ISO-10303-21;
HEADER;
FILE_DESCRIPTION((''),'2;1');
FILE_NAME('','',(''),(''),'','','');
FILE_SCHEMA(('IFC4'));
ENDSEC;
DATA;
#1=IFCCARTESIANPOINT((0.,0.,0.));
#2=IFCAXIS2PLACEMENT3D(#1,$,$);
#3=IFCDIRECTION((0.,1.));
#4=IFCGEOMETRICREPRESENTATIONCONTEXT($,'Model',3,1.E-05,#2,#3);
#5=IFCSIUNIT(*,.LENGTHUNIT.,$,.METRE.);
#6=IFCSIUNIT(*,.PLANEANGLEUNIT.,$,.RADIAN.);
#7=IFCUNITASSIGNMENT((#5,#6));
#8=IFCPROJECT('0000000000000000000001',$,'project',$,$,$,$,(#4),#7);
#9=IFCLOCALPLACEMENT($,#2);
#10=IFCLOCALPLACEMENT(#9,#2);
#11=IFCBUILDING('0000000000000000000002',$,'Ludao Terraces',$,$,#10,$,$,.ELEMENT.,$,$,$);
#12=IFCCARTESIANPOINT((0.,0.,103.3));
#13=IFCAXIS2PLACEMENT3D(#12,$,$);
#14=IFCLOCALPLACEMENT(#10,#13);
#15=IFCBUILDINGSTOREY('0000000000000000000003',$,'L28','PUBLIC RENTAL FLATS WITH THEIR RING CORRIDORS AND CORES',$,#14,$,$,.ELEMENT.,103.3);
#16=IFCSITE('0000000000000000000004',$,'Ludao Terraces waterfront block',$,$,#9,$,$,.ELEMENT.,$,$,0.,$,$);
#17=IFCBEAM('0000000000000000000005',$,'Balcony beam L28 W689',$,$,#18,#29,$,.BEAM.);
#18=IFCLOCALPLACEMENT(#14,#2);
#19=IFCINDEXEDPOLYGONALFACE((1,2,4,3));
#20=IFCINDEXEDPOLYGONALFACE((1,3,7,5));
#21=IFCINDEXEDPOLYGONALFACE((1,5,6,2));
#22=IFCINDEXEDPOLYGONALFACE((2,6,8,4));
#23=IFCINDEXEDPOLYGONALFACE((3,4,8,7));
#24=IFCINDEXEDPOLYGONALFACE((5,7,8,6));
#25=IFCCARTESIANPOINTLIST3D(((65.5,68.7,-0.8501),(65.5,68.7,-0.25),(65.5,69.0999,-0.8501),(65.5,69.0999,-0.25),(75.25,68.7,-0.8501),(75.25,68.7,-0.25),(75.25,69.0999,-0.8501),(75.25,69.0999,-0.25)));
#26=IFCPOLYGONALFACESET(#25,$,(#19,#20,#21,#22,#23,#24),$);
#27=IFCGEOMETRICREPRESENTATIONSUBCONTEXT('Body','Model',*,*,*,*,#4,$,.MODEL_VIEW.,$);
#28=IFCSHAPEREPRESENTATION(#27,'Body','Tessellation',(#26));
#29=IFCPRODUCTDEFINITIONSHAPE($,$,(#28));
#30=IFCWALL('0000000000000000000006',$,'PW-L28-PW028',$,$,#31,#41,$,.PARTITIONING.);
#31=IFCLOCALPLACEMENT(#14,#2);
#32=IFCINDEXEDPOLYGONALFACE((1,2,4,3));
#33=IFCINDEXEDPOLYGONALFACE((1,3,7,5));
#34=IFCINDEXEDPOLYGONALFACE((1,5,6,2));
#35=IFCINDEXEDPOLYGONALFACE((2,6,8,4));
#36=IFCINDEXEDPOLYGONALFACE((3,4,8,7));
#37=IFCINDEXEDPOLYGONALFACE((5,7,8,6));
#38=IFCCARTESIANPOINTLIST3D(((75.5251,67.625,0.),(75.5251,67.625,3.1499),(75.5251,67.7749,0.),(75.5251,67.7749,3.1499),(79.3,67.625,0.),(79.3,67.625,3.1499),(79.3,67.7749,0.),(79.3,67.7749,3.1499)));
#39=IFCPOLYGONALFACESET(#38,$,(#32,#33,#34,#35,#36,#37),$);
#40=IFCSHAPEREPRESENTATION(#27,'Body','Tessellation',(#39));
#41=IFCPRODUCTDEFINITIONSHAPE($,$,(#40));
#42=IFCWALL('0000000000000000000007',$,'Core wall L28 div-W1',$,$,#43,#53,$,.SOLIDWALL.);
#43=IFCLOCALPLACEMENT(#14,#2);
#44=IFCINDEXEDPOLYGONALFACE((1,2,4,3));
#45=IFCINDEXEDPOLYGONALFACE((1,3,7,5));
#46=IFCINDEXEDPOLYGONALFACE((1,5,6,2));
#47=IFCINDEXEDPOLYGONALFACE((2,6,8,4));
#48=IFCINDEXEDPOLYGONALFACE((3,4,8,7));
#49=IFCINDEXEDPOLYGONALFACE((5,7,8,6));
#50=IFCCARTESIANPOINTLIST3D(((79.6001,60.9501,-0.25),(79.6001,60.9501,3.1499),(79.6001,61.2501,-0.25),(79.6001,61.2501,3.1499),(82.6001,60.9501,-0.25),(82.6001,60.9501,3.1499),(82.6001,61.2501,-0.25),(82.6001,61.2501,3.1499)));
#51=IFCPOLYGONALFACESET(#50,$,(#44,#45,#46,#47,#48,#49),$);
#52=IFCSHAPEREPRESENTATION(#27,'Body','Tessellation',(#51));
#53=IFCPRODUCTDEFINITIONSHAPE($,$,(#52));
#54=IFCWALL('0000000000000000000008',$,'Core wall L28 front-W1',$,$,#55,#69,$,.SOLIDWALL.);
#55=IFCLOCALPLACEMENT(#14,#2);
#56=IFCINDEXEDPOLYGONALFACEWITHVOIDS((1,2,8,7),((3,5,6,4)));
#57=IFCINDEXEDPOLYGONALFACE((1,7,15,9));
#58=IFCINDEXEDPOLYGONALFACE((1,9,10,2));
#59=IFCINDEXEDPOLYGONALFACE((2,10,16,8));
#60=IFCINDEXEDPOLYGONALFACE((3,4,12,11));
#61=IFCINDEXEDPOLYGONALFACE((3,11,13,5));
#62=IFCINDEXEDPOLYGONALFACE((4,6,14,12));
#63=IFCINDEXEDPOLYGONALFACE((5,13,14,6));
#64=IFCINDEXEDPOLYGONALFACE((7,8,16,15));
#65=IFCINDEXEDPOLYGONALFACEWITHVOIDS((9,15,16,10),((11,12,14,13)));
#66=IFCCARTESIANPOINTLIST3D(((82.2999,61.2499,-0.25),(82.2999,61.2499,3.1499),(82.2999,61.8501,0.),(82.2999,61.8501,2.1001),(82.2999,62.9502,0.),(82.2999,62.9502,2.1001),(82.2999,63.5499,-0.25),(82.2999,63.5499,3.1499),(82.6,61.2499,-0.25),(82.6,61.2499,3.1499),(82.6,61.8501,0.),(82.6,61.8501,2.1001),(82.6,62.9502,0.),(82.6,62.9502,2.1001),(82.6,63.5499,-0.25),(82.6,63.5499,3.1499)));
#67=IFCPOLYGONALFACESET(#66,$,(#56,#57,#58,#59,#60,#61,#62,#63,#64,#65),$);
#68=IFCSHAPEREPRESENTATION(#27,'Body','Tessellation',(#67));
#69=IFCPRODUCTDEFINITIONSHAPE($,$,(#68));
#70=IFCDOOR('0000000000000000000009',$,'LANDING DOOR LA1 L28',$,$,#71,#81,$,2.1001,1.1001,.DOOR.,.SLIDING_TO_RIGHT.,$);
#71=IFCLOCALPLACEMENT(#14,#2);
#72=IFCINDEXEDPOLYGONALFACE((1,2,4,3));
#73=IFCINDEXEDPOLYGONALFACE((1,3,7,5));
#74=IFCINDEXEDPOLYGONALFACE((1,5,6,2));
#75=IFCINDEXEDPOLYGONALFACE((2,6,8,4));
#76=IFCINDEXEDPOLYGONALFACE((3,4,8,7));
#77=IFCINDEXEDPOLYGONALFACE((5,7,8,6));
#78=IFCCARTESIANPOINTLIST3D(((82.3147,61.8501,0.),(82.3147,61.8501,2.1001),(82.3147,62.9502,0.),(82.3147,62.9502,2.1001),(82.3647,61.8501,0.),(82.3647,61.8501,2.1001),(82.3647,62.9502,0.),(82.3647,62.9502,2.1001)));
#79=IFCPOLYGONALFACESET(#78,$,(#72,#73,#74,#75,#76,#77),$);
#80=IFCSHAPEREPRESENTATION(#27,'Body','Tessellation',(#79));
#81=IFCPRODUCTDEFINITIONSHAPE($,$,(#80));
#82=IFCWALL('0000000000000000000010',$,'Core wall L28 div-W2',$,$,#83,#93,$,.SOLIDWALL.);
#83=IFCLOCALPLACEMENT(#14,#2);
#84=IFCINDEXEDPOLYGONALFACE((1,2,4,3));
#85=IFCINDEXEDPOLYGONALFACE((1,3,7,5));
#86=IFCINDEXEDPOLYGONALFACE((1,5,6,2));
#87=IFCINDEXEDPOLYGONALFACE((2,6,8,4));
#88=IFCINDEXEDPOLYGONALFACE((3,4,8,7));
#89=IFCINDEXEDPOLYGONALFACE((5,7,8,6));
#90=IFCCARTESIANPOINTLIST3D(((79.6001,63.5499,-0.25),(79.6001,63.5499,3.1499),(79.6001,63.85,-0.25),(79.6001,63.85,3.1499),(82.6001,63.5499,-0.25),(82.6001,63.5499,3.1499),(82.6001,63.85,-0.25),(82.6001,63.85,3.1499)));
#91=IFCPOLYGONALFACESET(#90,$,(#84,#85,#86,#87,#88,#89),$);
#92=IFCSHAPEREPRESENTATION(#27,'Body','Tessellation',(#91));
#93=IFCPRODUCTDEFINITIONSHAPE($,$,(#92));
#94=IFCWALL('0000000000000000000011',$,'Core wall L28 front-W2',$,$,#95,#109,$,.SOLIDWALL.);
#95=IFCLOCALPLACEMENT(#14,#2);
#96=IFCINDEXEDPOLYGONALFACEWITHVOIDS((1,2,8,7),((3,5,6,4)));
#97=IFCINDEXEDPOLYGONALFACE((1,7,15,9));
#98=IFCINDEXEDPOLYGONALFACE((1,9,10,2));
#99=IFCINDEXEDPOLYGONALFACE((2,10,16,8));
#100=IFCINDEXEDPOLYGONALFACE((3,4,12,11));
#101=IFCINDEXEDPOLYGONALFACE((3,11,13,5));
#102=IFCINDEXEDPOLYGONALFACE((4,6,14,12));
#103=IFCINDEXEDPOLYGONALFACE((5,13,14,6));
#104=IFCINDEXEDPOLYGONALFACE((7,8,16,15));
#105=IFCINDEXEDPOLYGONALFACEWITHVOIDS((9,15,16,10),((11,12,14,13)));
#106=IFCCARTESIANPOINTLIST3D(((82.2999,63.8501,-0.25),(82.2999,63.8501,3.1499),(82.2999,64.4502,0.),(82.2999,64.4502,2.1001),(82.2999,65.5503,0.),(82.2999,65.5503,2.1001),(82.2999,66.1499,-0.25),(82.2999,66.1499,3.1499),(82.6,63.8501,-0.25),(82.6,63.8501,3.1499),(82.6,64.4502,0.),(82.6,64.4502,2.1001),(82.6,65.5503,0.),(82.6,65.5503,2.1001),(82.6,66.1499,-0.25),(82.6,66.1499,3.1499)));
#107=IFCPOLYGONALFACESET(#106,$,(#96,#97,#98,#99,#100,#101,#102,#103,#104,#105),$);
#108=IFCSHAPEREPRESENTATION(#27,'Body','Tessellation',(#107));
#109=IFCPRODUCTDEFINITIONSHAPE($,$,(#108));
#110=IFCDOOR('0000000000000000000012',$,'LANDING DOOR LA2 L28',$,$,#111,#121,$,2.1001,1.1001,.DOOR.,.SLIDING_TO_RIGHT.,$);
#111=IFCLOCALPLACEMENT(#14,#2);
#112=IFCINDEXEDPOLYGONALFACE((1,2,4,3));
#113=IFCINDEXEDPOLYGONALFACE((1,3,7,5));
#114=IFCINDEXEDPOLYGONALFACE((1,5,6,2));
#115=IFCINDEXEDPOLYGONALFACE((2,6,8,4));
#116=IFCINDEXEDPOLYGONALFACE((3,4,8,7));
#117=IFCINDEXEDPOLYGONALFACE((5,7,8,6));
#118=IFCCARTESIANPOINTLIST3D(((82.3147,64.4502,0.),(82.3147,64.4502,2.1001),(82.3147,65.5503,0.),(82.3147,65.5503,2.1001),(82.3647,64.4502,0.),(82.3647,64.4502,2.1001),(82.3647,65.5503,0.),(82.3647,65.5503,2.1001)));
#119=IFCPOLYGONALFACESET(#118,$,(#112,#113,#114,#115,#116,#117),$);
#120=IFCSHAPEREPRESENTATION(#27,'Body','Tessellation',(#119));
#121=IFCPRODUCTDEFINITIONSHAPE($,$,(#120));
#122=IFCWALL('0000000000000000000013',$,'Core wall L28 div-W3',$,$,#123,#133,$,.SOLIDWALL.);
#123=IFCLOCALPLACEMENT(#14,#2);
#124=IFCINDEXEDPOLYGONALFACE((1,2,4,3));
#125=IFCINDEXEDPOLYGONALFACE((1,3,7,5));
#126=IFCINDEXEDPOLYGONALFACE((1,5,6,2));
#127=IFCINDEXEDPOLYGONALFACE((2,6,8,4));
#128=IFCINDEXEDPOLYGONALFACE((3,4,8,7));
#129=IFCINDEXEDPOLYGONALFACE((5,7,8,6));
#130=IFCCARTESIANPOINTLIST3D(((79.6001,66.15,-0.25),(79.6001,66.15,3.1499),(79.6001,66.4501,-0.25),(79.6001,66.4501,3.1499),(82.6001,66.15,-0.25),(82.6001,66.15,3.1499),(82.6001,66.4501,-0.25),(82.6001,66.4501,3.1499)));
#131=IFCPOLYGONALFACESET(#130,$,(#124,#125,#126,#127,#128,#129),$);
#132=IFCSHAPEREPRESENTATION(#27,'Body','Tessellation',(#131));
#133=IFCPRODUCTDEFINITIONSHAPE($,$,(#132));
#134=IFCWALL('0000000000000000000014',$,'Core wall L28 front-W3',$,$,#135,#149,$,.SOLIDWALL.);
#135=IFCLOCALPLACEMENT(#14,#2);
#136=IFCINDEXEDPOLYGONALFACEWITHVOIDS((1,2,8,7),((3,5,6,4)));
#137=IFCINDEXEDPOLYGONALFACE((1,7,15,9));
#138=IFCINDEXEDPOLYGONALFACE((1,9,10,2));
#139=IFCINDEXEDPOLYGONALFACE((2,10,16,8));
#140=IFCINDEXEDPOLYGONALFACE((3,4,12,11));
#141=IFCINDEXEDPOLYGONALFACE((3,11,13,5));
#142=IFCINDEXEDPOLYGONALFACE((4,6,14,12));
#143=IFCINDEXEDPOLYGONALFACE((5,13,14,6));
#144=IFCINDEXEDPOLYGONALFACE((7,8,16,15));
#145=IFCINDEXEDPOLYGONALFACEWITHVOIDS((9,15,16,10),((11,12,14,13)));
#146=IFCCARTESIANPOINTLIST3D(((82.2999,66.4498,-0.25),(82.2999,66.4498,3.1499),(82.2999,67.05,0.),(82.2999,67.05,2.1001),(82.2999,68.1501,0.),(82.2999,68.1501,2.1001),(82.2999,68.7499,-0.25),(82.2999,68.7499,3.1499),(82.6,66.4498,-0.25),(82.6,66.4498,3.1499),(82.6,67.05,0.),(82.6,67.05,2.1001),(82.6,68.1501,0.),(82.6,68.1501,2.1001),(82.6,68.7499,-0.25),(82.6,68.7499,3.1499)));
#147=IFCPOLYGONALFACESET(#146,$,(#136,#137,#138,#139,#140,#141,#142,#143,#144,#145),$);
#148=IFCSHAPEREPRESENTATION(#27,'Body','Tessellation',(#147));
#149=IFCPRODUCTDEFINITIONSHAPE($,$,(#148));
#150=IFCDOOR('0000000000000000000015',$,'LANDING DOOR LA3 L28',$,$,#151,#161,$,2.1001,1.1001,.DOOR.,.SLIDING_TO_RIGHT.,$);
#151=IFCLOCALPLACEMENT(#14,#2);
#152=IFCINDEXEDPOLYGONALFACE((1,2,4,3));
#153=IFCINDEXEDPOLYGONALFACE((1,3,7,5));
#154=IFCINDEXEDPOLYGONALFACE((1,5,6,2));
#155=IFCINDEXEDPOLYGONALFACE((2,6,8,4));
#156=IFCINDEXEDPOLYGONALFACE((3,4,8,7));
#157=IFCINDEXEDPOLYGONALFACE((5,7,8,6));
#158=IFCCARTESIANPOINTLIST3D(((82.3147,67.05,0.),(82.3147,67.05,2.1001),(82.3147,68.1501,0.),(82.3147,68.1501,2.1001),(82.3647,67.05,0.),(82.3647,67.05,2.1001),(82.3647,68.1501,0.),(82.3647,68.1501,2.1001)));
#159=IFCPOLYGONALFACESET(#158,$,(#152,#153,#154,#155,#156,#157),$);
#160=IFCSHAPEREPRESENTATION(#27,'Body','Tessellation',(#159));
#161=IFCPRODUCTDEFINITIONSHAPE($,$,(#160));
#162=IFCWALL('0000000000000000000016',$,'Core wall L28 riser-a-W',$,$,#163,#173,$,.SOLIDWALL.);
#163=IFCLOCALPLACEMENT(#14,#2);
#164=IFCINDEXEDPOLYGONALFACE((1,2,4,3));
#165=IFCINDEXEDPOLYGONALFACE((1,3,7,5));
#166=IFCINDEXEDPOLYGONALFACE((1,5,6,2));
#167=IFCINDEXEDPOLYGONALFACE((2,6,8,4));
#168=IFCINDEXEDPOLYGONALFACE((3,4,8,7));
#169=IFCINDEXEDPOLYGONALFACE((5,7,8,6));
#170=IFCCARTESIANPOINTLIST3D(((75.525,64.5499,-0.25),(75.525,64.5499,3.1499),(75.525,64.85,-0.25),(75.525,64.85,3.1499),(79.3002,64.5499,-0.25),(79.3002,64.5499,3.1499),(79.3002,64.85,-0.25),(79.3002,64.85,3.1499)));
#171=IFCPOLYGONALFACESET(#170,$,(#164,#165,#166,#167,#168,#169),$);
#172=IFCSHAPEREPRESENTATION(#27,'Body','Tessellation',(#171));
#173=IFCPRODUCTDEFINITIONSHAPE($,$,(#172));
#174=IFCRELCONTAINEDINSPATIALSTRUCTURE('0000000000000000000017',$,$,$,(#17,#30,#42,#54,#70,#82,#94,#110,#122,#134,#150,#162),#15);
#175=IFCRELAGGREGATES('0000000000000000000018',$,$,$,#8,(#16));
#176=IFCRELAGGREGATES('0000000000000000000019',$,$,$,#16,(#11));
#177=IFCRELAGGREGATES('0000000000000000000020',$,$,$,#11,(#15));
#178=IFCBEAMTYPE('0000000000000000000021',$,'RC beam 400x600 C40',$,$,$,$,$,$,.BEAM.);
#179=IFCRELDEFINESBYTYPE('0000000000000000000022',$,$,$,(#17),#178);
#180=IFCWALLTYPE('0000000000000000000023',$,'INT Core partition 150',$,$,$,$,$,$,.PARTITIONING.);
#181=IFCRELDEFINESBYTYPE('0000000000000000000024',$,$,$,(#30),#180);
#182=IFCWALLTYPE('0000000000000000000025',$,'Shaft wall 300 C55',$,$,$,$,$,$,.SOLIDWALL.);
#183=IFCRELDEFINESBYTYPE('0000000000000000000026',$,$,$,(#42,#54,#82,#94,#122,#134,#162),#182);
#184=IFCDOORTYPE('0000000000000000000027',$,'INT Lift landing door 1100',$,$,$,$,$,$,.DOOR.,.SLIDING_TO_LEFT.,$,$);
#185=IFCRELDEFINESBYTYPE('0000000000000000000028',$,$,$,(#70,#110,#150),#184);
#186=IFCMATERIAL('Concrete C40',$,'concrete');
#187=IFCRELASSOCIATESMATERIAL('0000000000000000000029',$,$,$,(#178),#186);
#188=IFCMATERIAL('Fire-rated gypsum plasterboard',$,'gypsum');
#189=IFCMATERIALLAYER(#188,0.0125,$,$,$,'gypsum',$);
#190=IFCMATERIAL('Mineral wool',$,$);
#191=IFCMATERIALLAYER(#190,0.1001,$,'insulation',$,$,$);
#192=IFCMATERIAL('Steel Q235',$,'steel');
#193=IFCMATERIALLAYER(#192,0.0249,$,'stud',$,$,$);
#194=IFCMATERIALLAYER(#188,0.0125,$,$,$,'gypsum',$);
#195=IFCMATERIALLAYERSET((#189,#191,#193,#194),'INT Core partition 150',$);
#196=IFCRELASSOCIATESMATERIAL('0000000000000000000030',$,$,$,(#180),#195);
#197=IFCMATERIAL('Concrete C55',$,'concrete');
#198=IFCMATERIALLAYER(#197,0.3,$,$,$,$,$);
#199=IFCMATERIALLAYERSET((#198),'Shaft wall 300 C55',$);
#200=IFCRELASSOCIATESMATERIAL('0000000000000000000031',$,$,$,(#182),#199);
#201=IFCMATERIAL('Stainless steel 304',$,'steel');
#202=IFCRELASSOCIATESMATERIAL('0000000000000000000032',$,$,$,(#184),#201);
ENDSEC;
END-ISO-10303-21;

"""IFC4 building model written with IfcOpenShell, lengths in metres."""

from ifc_helpers import new_model, si_unit, direction, frame, frame_2d, origin, origin_2d, place, context, subcontext, project, spatial, rectangle, extrude, material, layer, layer_set, material_profile, profile_set, type_object, element, fill, save


model = new_model("IFC4")

# Units and contexts
model_context = context("Model", 3, precision=1e-05, world=origin(), true_north=direction((0.0, 1.0)))
body_context = subcontext(model_context, "Body", "Model", "MODEL_VIEW")
ifc_project = project(units=[si_unit("LENGTHUNIT", "METRE"), si_unit("PLANEANGLEUNIT", "RADIAN")], contexts=[model_context])

# Site, building, storey
site_placement = place(None, origin())
site = spatial("IfcSite", under=ifc_project, at=site_placement, Name="Ludao Terraces waterfront block", CompositionType="ELEMENT", RefElevation=0.0)
building_placement = place(site_placement, origin())
building = spatial("IfcBuilding", under=site, at=building_placement, Name="Ludao Terraces", CompositionType="ELEMENT")
storey_placement = place(building_placement, frame((0.0, 0.0, 103.3)))
storey = spatial("IfcBuildingStorey", under=building, at=storey_placement, Name="L28", Description="PUBLIC RENTAL FLATS WITH THEIR RING CORRIDORS AND CORES", CompositionType="ELEMENT", Elevation=103.3)

# Beam
ifc_material_1 = material(Name="Concrete C40", Category="concrete")
ifc_material_profile = material_profile(ifc_material_1, rectangle(XDim=0.3999, YDim=0.6001, at=origin_2d()), Name="400 X 600")
ifc_profile_set = profile_set([ifc_material_profile], Name="Concrete C40")
beam_type = type_object("IfcBeamType", Name="RC beam 400x600 C40", PredefinedType="BEAM", material=ifc_profile_set)
beam_placement = place(storey_placement, frame((75.25, 68.8999, -0.55), z_axis=(-1.0, 0.0, 0.0), x_axis=(0.0, -1.0, 0.0)))
element("IfcBeam", 1, at=beam_placement, inside=storey, type_object=beam_type, Name="Balcony beam L28 W689", PredefinedType="BEAM", context=body_context, shape_type="SweptSolid", body=[
    extrude(rectangle(XDim=0.3999, YDim=0.6001, at=origin_2d()), origin(), (0.0, 0.0, 1.0), 9.75),
])

# Walls
ifc_material_2 = material(Name="Fire-rated gypsum plasterboard", Category="gypsum")
ifc_layer_1 = layer(ifc_material_2, 0.0125, Category="gypsum")
ifc_material_3 = material(Name="Mineral wool")
ifc_layer_2 = layer(ifc_material_3, 0.1001, Name="insulation")
ifc_material_4 = material(Name="Steel Q235", Category="steel")
ifc_layer_3 = layer(ifc_material_4, 0.0249, Name="stud")
ifc_layer_4 = layer(ifc_material_2, 0.0125, Category="gypsum")
ifc_layer_set_1 = layer_set([ifc_layer_1, ifc_layer_2, ifc_layer_3, ifc_layer_4], Name="INT Core partition 150")
wall_type_1 = type_object("IfcWallType", Name="INT Core partition 150", PredefinedType="PARTITIONING", material=ifc_layer_set_1)
wall_1_placement = place(storey_placement, frame((75.5251, 67.7, 0.0), z_axis=(0.0, 0.0, 1.0), x_axis=(1.0, 0.0, 0.0)))
element("IfcWall", 2, at=wall_1_placement, inside=storey, type_object=wall_type_1, Name="PW-L28-PW028", PredefinedType="PARTITIONING", context=body_context, shape_type="SweptSolid", body=[
    extrude(rectangle(XDim=3.7749, YDim=0.1499, at=frame_2d((1.8875, 0.0))), origin(), (0.0, 0.0, 1.0), 3.1499),
])
ifc_material_5 = material(Name="Concrete C55", Category="concrete")
ifc_layer_5 = layer(ifc_material_5, 0.3)
ifc_layer_set_2 = layer_set([ifc_layer_5], Name="Shaft wall 300 C55")
wall_type_2 = type_object("IfcWallType", Name="Shaft wall 300 C55", PredefinedType="SOLIDWALL", material=ifc_layer_set_2)
wall_2_placement = place(storey_placement, frame((79.6001, 61.1001, -0.25), z_axis=(0.0, 0.0, 1.0), x_axis=(1.0, 0.0, 0.0)))
element("IfcWall", 3, at=wall_2_placement, inside=storey, type_object=wall_type_2, Name="Core wall L28 div-W1", PredefinedType="SOLIDWALL", context=body_context, shape_type="SweptSolid", body=[
    extrude(rectangle(XDim=3.0, YDim=0.3, at=frame_2d((1.5, 0.0))), origin(), (0.0, 0.0, 1.0), 3.3999),
])

# Wall, opening, door
wall_3_placement = place(storey_placement, frame((82.45, 61.25, -0.25), z_axis=(0.0, 0.0, 1.0), x_axis=(0.0, 1.0, 0.0)))
wall_3 = element("IfcWall", 4, at=wall_3_placement, inside=storey, type_object=wall_type_2, Name="Core wall L28 front-W1", PredefinedType="SOLIDWALL", context=body_context, shape_type="SweptSolid", body=[
    extrude(rectangle(XDim=2.3, YDim=0.3, at=frame_2d((1.1499, 0.0))), origin(), (0.0, 0.0, 1.0), 3.3999),
])
opening_1_placement = place(wall_3_placement, frame((0.6001, 0.0, 0.25)))
opening_1 = element("IfcOpeningElement", 5, at=opening_1_placement, cuts=wall_3, PredefinedType="OPENING", context=body_context, shape_type="SweptSolid", body=[
    extrude(rectangle(XDim=1.1001, YDim=2.1001, at=frame_2d((0.55, 1.05))), frame((0.0, 0.1602, 0.0), z_axis=(0.0, -1.0, 0.0), x_axis=(1.0, 0.0, 0.0)), (0.0, 0.0, 1.0), 0.3201),
])
ifc_material_6 = material(Name="Stainless steel 304", Category="steel")
door_type = type_object("IfcDoorType", Name="INT Lift landing door 1100", OperationType="SLIDING_TO_LEFT", PredefinedType="DOOR", material=ifc_material_6)
door_1_placement = place(opening_1_placement, origin())
door_1 = element("IfcDoor", 6, at=door_1_placement, inside=storey, type_object=door_type, Name="LANDING DOOR LA1 L28", OperationType="SLIDING_TO_RIGHT", OverallHeight=2.1001, OverallWidth=1.1001, PredefinedType="DOOR", context=body_context, shape_type="SweptSolid", body=[
    extrude(rectangle(XDim=1.1001, YDim=2.1001, at=frame_2d((0.55, 1.05))), frame((0.0, 0.1353, 0.0), z_axis=(0.0, -1.0, 0.0), x_axis=(1.0, 0.0, 0.0)), (0.0, 0.0, 1.0), 0.05),
])
fill(opening_1, door_1)

# Wall
wall_4_placement = place(storey_placement, frame((79.6001, 63.7, -0.25), z_axis=(0.0, 0.0, 1.0), x_axis=(1.0, 0.0, 0.0)))
element("IfcWall", 7, at=wall_4_placement, inside=storey, type_object=wall_type_2, Name="Core wall L28 div-W2", PredefinedType="SOLIDWALL", context=body_context, shape_type="SweptSolid", body=[
    extrude(rectangle(XDim=3.0, YDim=0.3, at=frame_2d((1.5, 0.0))), origin(), (0.0, 0.0, 1.0), 3.3999),
])

# Wall, opening, door
wall_5_placement = place(storey_placement, frame((82.45, 63.8501, -0.25), z_axis=(0.0, 0.0, 1.0), x_axis=(0.0, 1.0, 0.0)))
wall_5 = element("IfcWall", 8, at=wall_5_placement, inside=storey, type_object=wall_type_2, Name="Core wall L28 front-W2", PredefinedType="SOLIDWALL", context=body_context, shape_type="SweptSolid", body=[
    extrude(rectangle(XDim=2.2998, YDim=0.3, at=frame_2d((1.1499, 0.0))), origin(), (0.0, 0.0, 1.0), 3.3999),
])
opening_2_placement = place(wall_5_placement, frame((0.6001, 0.0, 0.25)))
opening_2 = element("IfcOpeningElement", 9, at=opening_2_placement, cuts=wall_5, PredefinedType="OPENING", context=body_context, shape_type="SweptSolid", body=[
    extrude(rectangle(XDim=1.1001, YDim=2.1001, at=frame_2d((0.55, 1.05))), frame((0.0, 0.1602, 0.0), z_axis=(0.0, -1.0, 0.0), x_axis=(1.0, 0.0, 0.0)), (0.0, 0.0, 1.0), 0.3201),
])
door_2_placement = place(opening_2_placement, origin())
door_2 = element("IfcDoor", 10, at=door_2_placement, inside=storey, type_object=door_type, Name="LANDING DOOR LA2 L28", OperationType="SLIDING_TO_RIGHT", OverallHeight=2.1001, OverallWidth=1.1001, PredefinedType="DOOR", context=body_context, shape_type="SweptSolid", body=[
    extrude(rectangle(XDim=1.1001, YDim=2.1001, at=frame_2d((0.55, 1.05))), frame((0.0, 0.1353, 0.0), z_axis=(0.0, -1.0, 0.0), x_axis=(1.0, 0.0, 0.0)), (0.0, 0.0, 1.0), 0.05),
])
fill(opening_2, door_2)

# Wall
wall_6_placement = place(storey_placement, frame((79.6001, 66.3, -0.25), z_axis=(0.0, 0.0, 1.0), x_axis=(1.0, 0.0, 0.0)))
element("IfcWall", 11, at=wall_6_placement, inside=storey, type_object=wall_type_2, Name="Core wall L28 div-W3", PredefinedType="SOLIDWALL", context=body_context, shape_type="SweptSolid", body=[
    extrude(rectangle(XDim=3.0, YDim=0.3, at=frame_2d((1.5, 0.0))), origin(), (0.0, 0.0, 1.0), 3.3999),
])

# Wall, opening, door
wall_7_placement = place(storey_placement, frame((82.45, 66.45, -0.25), z_axis=(0.0, 0.0, 1.0), x_axis=(0.0, 1.0, 0.0)))
wall_7 = element("IfcWall", 12, at=wall_7_placement, inside=storey, type_object=wall_type_2, Name="Core wall L28 front-W3", PredefinedType="SOLIDWALL", context=body_context, shape_type="SweptSolid", body=[
    extrude(rectangle(XDim=2.3, YDim=0.3, at=frame_2d((1.1499, 0.0))), origin(), (0.0, 0.0, 1.0), 3.3999),
])
opening_3_placement = place(wall_7_placement, frame((0.6001, 0.0, 0.25)))
opening_3 = element("IfcOpeningElement", 13, at=opening_3_placement, cuts=wall_7, PredefinedType="OPENING", context=body_context, shape_type="SweptSolid", body=[
    extrude(rectangle(XDim=1.1001, YDim=2.1001, at=frame_2d((0.55, 1.05))), frame((0.0, 0.1602, 0.0), z_axis=(0.0, -1.0, 0.0), x_axis=(1.0, 0.0, 0.0)), (0.0, 0.0, 1.0), 0.3201),
])
door_3_placement = place(opening_3_placement, origin())
door_3 = element("IfcDoor", 14, at=door_3_placement, inside=storey, type_object=door_type, Name="LANDING DOOR LA3 L28", OperationType="SLIDING_TO_RIGHT", OverallHeight=2.1001, OverallWidth=1.1001, PredefinedType="DOOR", context=body_context, shape_type="SweptSolid", body=[
    extrude(rectangle(XDim=1.1001, YDim=2.1001, at=frame_2d((0.55, 1.05))), frame((0.0, 0.1353, 0.0), z_axis=(0.0, -1.0, 0.0), x_axis=(1.0, 0.0, 0.0)), (0.0, 0.0, 1.0), 0.05),
])
fill(opening_3, door_3)

# Wall
wall_8_placement = place(storey_placement, frame((75.5249, 64.7, -0.25), z_axis=(0.0, 0.0, 1.0), x_axis=(1.0, 0.0, 0.0)))
element("IfcWall", 15, at=wall_8_placement, inside=storey, type_object=wall_type_2, Name="Core wall L28 riser-a-W", PredefinedType="SOLIDWALL", context=body_context, shape_type="SweptSolid", body=[
    extrude(rectangle(XDim=3.7751, YDim=0.3, at=frame_2d((1.8877, 0.0))), origin(), (0.0, 0.0, 1.0), 3.3999),
])

save(model, "model.ifc")
